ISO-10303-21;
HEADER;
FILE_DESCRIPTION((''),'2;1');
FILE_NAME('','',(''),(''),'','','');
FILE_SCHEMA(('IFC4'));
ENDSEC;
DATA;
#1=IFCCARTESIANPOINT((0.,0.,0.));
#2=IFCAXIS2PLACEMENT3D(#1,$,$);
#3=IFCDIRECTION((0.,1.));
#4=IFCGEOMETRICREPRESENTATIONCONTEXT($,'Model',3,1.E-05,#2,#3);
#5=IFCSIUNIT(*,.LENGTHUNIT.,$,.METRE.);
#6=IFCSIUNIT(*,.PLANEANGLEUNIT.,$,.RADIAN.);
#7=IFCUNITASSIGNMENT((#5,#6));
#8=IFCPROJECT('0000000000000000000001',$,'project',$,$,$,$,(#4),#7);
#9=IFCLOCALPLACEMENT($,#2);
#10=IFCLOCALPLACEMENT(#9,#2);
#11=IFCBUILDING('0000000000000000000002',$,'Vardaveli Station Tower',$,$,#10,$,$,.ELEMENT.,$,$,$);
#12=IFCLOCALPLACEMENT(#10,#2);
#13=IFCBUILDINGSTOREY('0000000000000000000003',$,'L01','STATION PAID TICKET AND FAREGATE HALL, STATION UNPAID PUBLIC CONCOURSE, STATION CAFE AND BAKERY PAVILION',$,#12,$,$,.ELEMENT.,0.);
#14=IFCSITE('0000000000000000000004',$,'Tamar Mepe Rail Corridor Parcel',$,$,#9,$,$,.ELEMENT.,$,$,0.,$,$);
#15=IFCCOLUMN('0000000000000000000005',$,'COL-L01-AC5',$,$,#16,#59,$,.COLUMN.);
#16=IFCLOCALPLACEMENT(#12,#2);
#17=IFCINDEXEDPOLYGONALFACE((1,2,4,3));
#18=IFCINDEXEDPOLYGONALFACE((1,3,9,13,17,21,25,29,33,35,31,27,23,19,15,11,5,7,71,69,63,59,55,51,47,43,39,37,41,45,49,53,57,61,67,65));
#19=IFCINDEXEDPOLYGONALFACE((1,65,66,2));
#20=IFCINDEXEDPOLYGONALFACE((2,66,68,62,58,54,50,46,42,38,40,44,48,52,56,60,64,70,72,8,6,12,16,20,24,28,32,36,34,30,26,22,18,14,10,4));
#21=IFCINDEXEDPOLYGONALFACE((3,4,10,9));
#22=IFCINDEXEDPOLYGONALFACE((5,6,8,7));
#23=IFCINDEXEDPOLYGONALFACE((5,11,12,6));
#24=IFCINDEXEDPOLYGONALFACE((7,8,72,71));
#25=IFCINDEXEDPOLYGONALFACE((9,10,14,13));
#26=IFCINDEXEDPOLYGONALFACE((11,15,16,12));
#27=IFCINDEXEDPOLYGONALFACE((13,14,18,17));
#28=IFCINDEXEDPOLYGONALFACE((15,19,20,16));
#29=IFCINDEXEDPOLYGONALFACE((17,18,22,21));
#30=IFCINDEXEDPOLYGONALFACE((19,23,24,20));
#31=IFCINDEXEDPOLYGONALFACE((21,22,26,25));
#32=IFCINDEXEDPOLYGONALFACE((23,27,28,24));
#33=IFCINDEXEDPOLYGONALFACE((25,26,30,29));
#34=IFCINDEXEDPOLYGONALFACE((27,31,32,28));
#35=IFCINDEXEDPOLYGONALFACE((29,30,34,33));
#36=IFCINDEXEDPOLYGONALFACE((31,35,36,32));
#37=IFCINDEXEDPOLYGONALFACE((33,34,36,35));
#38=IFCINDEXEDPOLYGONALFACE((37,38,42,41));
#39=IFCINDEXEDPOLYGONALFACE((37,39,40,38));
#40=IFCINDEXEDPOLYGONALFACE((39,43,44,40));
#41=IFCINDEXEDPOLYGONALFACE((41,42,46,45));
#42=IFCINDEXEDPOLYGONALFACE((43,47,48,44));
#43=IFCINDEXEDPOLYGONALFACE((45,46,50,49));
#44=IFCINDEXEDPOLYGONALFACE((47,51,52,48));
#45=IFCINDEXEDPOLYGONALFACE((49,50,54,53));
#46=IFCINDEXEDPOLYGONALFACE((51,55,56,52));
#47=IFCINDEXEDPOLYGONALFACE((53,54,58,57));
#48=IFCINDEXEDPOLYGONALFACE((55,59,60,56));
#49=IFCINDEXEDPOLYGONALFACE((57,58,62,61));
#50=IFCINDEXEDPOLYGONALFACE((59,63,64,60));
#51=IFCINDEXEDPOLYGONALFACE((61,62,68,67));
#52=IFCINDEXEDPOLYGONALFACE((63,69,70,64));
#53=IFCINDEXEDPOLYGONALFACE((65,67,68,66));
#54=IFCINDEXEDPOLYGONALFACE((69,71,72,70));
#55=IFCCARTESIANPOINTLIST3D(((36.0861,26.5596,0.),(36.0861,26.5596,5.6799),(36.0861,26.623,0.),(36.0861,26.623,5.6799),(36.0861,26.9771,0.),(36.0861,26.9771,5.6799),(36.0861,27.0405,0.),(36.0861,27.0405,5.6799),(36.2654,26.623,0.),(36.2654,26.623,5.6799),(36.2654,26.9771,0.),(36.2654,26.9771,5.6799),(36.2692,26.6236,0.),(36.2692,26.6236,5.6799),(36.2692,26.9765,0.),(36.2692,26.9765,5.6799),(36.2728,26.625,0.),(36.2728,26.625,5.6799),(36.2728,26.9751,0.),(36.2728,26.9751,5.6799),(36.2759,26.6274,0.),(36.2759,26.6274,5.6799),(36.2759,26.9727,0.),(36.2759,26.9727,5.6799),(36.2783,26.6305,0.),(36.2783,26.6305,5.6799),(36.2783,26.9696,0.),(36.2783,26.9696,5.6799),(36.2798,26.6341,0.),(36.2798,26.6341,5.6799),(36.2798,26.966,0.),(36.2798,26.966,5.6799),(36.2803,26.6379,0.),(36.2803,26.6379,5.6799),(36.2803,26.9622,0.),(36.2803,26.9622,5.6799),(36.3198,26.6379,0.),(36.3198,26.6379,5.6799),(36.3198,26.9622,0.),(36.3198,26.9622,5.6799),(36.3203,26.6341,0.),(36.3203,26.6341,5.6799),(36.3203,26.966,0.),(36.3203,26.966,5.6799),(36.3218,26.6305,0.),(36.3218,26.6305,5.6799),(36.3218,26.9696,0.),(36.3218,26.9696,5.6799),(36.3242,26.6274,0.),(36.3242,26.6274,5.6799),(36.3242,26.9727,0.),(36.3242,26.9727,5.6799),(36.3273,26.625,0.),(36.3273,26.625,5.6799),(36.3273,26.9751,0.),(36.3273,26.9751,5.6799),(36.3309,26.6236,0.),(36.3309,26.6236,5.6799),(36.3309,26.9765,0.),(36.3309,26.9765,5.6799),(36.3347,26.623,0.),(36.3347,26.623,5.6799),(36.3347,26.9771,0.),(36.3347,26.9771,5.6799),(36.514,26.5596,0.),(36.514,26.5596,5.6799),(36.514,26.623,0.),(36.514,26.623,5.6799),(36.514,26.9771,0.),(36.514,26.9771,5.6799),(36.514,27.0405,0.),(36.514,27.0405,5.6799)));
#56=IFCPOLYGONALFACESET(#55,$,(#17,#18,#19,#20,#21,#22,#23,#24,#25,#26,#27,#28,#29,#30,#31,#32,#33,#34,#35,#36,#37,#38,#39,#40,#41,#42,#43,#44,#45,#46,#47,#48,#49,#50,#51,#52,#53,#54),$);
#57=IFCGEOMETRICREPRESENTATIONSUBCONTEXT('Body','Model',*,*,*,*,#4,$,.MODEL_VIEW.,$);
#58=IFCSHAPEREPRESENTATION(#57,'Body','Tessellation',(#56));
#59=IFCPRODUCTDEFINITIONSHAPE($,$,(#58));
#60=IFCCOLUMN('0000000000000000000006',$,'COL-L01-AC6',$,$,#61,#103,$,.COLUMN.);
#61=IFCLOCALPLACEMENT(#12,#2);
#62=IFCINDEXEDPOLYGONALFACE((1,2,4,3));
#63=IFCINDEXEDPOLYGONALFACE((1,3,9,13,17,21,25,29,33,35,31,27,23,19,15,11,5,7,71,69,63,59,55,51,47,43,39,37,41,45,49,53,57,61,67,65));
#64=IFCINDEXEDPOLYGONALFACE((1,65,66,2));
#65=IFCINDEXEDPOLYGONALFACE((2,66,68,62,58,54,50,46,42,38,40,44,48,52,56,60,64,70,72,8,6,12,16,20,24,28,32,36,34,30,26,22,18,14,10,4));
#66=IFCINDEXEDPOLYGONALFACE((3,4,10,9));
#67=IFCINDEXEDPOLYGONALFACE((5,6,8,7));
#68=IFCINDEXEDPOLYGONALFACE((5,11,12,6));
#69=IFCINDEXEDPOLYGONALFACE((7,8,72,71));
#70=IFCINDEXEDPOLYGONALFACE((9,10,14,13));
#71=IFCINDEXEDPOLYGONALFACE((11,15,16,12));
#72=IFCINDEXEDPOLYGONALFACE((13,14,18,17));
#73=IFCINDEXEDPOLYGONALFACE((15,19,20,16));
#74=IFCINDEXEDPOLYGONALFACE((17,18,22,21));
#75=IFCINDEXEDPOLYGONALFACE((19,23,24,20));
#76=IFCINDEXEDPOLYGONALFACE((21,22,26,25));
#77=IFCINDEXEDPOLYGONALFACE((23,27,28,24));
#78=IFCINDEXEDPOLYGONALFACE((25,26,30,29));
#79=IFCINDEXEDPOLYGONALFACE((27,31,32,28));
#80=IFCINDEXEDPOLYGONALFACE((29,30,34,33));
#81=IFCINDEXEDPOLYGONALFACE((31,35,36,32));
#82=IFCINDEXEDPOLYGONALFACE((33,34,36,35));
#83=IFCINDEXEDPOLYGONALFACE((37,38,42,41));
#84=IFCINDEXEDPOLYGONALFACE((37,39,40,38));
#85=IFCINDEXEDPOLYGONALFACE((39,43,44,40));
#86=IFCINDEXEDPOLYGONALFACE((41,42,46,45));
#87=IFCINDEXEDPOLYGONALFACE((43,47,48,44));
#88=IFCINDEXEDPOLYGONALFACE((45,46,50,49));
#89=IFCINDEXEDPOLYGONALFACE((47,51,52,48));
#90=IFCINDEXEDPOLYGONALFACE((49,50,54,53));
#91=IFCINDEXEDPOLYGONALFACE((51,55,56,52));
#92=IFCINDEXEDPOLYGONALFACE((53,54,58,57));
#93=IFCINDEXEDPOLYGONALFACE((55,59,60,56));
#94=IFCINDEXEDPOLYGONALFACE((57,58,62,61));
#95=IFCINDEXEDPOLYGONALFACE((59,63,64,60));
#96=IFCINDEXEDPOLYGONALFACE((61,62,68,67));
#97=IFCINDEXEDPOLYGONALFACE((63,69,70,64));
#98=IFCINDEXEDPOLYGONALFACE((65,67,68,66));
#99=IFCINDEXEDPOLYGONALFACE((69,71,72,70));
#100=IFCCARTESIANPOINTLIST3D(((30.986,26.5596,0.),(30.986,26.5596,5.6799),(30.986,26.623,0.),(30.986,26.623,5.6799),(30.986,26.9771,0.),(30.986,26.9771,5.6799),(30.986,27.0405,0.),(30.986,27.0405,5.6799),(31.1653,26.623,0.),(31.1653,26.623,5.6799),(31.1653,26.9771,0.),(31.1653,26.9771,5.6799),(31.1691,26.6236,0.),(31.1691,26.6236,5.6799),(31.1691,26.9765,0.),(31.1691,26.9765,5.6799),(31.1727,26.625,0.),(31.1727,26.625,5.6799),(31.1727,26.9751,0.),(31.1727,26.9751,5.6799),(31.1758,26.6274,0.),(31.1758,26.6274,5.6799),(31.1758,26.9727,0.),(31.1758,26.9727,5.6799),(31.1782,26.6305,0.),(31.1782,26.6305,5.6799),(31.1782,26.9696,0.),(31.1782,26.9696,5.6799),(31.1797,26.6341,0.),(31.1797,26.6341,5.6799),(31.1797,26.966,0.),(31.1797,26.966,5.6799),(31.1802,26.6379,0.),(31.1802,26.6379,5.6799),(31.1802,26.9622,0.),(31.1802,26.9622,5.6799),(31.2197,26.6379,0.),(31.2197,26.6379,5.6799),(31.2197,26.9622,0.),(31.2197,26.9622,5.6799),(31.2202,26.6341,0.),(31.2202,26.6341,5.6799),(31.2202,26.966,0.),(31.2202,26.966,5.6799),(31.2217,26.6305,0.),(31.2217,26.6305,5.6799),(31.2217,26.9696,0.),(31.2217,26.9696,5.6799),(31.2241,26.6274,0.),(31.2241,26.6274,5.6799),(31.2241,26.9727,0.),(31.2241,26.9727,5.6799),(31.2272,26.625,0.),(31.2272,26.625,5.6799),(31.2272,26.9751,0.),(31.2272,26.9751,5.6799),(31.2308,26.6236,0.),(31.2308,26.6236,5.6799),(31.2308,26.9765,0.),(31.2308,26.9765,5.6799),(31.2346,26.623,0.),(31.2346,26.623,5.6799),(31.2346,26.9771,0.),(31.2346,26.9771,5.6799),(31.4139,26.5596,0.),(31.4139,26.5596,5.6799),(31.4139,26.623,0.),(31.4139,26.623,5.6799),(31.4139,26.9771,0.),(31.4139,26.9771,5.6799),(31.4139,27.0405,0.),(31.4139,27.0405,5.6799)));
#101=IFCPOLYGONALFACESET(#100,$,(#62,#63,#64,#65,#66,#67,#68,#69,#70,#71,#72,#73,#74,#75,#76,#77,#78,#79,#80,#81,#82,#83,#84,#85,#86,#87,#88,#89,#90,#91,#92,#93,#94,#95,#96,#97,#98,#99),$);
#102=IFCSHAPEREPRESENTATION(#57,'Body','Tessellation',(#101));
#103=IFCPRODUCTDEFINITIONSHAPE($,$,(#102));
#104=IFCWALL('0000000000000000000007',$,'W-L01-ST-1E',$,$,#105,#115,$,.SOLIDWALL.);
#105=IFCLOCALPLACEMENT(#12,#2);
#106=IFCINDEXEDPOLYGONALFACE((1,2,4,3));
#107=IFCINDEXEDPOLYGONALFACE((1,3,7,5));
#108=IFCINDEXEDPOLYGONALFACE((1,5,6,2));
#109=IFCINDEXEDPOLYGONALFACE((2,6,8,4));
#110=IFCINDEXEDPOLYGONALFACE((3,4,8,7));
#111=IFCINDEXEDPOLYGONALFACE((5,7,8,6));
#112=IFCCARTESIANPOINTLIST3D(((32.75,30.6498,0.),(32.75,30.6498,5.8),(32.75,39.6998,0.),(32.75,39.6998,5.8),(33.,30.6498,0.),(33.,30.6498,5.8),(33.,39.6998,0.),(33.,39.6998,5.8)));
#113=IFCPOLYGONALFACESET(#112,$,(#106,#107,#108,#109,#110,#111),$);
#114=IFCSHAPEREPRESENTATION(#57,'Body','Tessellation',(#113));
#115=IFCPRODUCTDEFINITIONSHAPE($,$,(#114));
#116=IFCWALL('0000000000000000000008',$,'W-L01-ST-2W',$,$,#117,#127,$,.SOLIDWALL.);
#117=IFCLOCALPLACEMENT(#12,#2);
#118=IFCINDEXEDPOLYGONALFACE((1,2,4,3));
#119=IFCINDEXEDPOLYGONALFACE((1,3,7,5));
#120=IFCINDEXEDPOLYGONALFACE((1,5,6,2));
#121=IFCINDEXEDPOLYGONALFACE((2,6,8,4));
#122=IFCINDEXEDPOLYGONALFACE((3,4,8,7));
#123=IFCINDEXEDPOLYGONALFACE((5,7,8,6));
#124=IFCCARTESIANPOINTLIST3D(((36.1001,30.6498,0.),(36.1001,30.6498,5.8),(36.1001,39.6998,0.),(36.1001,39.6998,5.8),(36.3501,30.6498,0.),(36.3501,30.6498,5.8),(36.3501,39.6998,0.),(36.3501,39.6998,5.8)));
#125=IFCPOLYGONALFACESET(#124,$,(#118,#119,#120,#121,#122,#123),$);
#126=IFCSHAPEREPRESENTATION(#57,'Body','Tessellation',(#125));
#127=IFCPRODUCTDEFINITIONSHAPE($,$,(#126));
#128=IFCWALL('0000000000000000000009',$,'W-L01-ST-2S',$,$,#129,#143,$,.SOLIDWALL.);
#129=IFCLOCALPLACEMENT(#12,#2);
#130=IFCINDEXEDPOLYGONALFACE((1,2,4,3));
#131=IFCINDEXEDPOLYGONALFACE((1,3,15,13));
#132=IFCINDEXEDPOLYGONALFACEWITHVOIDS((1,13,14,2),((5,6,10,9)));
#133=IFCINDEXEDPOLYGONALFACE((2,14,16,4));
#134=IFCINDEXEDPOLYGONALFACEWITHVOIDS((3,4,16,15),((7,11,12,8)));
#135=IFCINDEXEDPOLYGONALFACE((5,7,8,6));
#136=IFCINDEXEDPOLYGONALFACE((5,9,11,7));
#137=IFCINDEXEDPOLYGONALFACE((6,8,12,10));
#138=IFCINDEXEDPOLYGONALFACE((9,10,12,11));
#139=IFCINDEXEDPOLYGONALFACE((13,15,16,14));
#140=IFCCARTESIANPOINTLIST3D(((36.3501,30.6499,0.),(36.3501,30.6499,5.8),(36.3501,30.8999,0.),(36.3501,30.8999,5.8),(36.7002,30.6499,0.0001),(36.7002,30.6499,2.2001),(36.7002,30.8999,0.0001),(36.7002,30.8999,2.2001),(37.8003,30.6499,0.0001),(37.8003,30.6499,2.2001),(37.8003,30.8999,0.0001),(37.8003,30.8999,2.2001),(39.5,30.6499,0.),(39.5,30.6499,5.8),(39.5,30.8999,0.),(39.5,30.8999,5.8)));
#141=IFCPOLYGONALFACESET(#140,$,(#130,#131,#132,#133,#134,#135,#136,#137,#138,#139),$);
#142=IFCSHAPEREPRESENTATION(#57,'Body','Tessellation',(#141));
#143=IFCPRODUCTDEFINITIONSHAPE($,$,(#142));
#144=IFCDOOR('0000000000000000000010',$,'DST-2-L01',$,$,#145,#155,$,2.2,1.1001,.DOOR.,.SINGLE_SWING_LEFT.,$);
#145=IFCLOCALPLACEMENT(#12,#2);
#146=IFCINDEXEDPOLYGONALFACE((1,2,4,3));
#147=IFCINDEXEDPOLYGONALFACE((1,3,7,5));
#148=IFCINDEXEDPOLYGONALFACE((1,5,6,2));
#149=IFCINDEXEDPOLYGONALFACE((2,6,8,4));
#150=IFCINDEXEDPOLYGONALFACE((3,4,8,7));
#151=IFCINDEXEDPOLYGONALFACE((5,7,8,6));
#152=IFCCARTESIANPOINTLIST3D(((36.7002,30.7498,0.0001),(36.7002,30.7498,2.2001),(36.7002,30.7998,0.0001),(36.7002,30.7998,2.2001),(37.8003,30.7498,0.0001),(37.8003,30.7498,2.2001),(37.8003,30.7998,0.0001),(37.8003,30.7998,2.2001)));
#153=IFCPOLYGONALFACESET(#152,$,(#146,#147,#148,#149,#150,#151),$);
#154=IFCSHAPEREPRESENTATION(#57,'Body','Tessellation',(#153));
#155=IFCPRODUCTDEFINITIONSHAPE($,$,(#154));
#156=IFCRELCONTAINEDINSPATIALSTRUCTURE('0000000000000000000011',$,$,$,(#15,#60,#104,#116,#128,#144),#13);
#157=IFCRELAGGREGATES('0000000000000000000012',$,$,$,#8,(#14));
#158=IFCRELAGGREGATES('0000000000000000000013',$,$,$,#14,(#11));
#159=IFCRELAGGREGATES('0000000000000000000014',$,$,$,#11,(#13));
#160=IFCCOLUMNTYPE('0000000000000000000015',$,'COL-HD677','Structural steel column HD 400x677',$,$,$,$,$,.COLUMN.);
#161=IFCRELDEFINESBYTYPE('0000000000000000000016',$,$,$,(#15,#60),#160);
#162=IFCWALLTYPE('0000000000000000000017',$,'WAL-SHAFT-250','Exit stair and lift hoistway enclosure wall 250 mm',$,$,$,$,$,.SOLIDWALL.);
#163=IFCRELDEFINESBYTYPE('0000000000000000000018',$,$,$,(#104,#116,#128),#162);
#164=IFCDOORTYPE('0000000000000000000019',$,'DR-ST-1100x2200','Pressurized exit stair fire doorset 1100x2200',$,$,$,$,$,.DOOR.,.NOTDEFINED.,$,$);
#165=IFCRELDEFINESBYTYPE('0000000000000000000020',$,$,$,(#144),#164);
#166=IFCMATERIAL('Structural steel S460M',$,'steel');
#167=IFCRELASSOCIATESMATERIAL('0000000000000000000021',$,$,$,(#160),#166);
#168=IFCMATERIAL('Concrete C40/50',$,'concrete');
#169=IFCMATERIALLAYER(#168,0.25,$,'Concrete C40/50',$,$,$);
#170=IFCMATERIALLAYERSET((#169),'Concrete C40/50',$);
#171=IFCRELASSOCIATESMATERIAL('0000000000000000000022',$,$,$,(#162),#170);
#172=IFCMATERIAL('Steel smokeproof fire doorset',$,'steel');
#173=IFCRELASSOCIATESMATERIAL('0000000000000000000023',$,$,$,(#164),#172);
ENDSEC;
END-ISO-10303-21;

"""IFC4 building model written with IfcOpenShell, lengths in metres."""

from ifc_helpers import new_model, si_unit, direction, frame, frame_2d, origin, origin_2d, place, context, subcontext, project, spatial, rectangle, i_section, extrude, source, transform, mapped, material, layer, layer_set, material_profile, profile_set, type_object, element, fill, save


model = new_model("IFC4")

# Units and contexts
model_context = context("Model", 3, precision=1e-05, world=origin(), true_north=direction((0.0, 1.0)))
body_context = subcontext(model_context, "Body", "Model", "MODEL_VIEW")
ifc_project = project(units=[si_unit("LENGTHUNIT", "METRE"), si_unit("PLANEANGLEUNIT", "RADIAN")], contexts=[model_context])

# Site, building, storey
site_placement = place(None, origin())
site = spatial("IfcSite", under=ifc_project, at=site_placement, Name="Tamar Mepe Rail Corridor Parcel", CompositionType="ELEMENT", RefElevation=0.0)
building_placement = place(site_placement, origin())
building = spatial("IfcBuilding", under=site, at=building_placement, Name="Vardaveli Station Tower", CompositionType="ELEMENT")
storey_placement = place(building_placement, origin())
storey = spatial("IfcBuildingStorey", under=building, at=storey_placement, Name="L01", Description="STATION PAID TICKET AND FAREGATE HALL, STATION UNPAID PUBLIC CONCOURSE, STATION CAFE AND BAKERY PAVILION", CompositionType="ELEMENT", Elevation=0.0)

# Columns
ifc_material_1 = material(Name="Structural steel S460M", Category="steel")
ifc_material_profile = material_profile(ifc_material_1, i_section(OverallWidth=0.428, OverallDepth=0.481, WebThickness=0.0396, FlangeThickness=0.0635, FilletRadius=0.0149, at=origin_2d()), Name="HD 400x677")
ifc_profile_set = profile_set([ifc_material_profile], Name="Structural steel S460M")
column_type = type_object("IfcColumnType", Name="COL-HD677", Description="Structural steel column HD 400x677", PredefinedType="COLUMN", material=ifc_profile_set)
shared_shape_1 = source(origin(), body_context, "Body", "SweptSolid", [
    extrude(i_section(OverallWidth=0.428, OverallDepth=0.481, WebThickness=0.0396, FlangeThickness=0.0635, FilletRadius=0.0149, at=origin_2d()), origin(), (0.0, 0.0, 1.0), 5.6799),
])
for number, where, z_axis, x_axis, name in (
    (1, (36.3, 26.8, 0.0), (0.0, 0.0, 1.0), (1.0, 0.0, 0.0), "COL-L01-AC5"),
    (2, (31.2, 26.8, 0.0), (0.0, 0.0, 1.0), (1.0, 0.0, 0.0), "COL-L01-AC6"),
):
    element("IfcColumn", number, at=place(storey_placement, frame(where, z_axis=z_axis, x_axis=x_axis)), inside=storey, type_object=column_type, Name=name, PredefinedType="COLUMN", context=body_context, shape_type="MappedRepresentation", body=[
        mapped(shared_shape_1, transform((0.0, 0.0, 0.0), scale=1.0)),
    ])

# Walls
ifc_material_2 = material(Name="Concrete C40/50", Category="concrete")
ifc_layer_1 = layer(ifc_material_2, 0.25, Name="Concrete C40/50")
ifc_layer_set_1 = layer_set([ifc_layer_1], Name="Concrete C40/50")
wall_type_1 = type_object("IfcWallType", Name="WAL-SHAFT-250", Description="Exit stair and lift hoistway enclosure wall 250 mm", PredefinedType="SOLIDWALL", material=ifc_layer_set_1)
shared_shape_2 = source(origin(), body_context, "Body", "SweptSolid", [
    extrude(rectangle(XDim=9.05, YDim=0.25, at=frame_2d((4.5249, 0.0))), origin(), (0.0, 0.0, 1.0), 5.8),
])
for number, where, z_axis, x_axis, name in (
    (3, (32.875, 30.6499, 0.0), (0.0, 0.0, 1.0), (0.0, 1.0, 0.0), "W-L01-ST-1E"),
    (4, (36.2251, 30.6499, 0.0), (0.0, 0.0, 1.0), (0.0, 1.0, 0.0), "W-L01-ST-2W"),
):
    element("IfcWall", number, at=place(storey_placement, frame(where, z_axis=z_axis, x_axis=x_axis)), inside=storey, type_object=wall_type_1, Name=name, PredefinedType="SOLIDWALL", context=body_context, shape_type="MappedRepresentation", body=[
        mapped(shared_shape_2, transform((0.0, 0.0, 0.0), scale=1.0)),
    ])

# Wall, opening, door
shared_shape_3 = source(origin(), body_context, "Body", "SweptSolid", [
    extrude(rectangle(XDim=3.1499, YDim=0.25, at=frame_2d((1.575, 0.0))), origin(), (0.0, 0.0, 1.0), 5.8),
])
wall_1_placement = place(storey_placement, frame((36.3501, 30.7749, 0.0), z_axis=(0.0, 0.0, 1.0), x_axis=(1.0, 0.0, 0.0)))
wall_1 = element("IfcWall", 5, at=wall_1_placement, inside=storey, type_object=wall_type_1, Name="W-L01-ST-2S", PredefinedType="SOLIDWALL", context=body_context, shape_type="MappedRepresentation", body=[
    mapped(shared_shape_3, transform((0.0, 0.0, 0.0), scale=1.0)),
])
shared_shape_4 = source(origin(), body_context, "Body", "SweptSolid", [
    extrude(rectangle(XDim=1.1001, YDim=2.2, at=frame_2d((0.55, 1.1001))), frame((0.0, 0.135, 0.0), z_axis=(0.0, -1.0, 0.0), x_axis=(1.0, 0.0, 0.0)), (0.0, 0.0, 1.0), 0.27),
])
opening_1_placement = place(wall_1_placement, frame((0.3501, 0.0, 0.0)))
opening_1 = element("IfcOpeningElement", 6, at=opening_1_placement, cuts=wall_1, PredefinedType="OPENING", context=body_context, shape_type="MappedRepresentation", body=[
    mapped(shared_shape_4, transform((0.0, 0.0, 0.0), scale=1.0)),
])
ifc_material_3 = material(Name="Steel smokeproof fire doorset", Category="steel")
door_type_1 = type_object("IfcDoorType", Name="DR-ST-1100x2200", Description="Pressurized exit stair fire doorset 1100x2200", OperationType="NOTDEFINED", PredefinedType="DOOR", material=ifc_material_3)
shared_shape_5 = source(origin(), body_context, "Body", "SweptSolid", [
    extrude(rectangle(XDim=1.1001, YDim=2.2, at=frame_2d((0.55, 1.1001))), frame((0.0, 0.0249, 0.0), z_axis=(0.0, -1.0, 0.0), x_axis=(1.0, 0.0, 0.0)), (0.0, 0.0, 1.0), 0.05),
])
door_1_placement = place(opening_1_placement, origin())
door_1 = element("IfcDoor", 7, at=door_1_placement, inside=storey, type_object=door_type_1, Name="DST-2-L01", OperationType="SINGLE_SWING_LEFT", OverallHeight=2.2, OverallWidth=1.1001, PredefinedType="DOOR", context=body_context, shape_type="MappedRepresentation", body=[
    mapped(shared_shape_5, transform((0.0, 0.0, 0.0), scale=1.0)),
])
fill(opening_1, door_1)

save(model, "model.ifc")
